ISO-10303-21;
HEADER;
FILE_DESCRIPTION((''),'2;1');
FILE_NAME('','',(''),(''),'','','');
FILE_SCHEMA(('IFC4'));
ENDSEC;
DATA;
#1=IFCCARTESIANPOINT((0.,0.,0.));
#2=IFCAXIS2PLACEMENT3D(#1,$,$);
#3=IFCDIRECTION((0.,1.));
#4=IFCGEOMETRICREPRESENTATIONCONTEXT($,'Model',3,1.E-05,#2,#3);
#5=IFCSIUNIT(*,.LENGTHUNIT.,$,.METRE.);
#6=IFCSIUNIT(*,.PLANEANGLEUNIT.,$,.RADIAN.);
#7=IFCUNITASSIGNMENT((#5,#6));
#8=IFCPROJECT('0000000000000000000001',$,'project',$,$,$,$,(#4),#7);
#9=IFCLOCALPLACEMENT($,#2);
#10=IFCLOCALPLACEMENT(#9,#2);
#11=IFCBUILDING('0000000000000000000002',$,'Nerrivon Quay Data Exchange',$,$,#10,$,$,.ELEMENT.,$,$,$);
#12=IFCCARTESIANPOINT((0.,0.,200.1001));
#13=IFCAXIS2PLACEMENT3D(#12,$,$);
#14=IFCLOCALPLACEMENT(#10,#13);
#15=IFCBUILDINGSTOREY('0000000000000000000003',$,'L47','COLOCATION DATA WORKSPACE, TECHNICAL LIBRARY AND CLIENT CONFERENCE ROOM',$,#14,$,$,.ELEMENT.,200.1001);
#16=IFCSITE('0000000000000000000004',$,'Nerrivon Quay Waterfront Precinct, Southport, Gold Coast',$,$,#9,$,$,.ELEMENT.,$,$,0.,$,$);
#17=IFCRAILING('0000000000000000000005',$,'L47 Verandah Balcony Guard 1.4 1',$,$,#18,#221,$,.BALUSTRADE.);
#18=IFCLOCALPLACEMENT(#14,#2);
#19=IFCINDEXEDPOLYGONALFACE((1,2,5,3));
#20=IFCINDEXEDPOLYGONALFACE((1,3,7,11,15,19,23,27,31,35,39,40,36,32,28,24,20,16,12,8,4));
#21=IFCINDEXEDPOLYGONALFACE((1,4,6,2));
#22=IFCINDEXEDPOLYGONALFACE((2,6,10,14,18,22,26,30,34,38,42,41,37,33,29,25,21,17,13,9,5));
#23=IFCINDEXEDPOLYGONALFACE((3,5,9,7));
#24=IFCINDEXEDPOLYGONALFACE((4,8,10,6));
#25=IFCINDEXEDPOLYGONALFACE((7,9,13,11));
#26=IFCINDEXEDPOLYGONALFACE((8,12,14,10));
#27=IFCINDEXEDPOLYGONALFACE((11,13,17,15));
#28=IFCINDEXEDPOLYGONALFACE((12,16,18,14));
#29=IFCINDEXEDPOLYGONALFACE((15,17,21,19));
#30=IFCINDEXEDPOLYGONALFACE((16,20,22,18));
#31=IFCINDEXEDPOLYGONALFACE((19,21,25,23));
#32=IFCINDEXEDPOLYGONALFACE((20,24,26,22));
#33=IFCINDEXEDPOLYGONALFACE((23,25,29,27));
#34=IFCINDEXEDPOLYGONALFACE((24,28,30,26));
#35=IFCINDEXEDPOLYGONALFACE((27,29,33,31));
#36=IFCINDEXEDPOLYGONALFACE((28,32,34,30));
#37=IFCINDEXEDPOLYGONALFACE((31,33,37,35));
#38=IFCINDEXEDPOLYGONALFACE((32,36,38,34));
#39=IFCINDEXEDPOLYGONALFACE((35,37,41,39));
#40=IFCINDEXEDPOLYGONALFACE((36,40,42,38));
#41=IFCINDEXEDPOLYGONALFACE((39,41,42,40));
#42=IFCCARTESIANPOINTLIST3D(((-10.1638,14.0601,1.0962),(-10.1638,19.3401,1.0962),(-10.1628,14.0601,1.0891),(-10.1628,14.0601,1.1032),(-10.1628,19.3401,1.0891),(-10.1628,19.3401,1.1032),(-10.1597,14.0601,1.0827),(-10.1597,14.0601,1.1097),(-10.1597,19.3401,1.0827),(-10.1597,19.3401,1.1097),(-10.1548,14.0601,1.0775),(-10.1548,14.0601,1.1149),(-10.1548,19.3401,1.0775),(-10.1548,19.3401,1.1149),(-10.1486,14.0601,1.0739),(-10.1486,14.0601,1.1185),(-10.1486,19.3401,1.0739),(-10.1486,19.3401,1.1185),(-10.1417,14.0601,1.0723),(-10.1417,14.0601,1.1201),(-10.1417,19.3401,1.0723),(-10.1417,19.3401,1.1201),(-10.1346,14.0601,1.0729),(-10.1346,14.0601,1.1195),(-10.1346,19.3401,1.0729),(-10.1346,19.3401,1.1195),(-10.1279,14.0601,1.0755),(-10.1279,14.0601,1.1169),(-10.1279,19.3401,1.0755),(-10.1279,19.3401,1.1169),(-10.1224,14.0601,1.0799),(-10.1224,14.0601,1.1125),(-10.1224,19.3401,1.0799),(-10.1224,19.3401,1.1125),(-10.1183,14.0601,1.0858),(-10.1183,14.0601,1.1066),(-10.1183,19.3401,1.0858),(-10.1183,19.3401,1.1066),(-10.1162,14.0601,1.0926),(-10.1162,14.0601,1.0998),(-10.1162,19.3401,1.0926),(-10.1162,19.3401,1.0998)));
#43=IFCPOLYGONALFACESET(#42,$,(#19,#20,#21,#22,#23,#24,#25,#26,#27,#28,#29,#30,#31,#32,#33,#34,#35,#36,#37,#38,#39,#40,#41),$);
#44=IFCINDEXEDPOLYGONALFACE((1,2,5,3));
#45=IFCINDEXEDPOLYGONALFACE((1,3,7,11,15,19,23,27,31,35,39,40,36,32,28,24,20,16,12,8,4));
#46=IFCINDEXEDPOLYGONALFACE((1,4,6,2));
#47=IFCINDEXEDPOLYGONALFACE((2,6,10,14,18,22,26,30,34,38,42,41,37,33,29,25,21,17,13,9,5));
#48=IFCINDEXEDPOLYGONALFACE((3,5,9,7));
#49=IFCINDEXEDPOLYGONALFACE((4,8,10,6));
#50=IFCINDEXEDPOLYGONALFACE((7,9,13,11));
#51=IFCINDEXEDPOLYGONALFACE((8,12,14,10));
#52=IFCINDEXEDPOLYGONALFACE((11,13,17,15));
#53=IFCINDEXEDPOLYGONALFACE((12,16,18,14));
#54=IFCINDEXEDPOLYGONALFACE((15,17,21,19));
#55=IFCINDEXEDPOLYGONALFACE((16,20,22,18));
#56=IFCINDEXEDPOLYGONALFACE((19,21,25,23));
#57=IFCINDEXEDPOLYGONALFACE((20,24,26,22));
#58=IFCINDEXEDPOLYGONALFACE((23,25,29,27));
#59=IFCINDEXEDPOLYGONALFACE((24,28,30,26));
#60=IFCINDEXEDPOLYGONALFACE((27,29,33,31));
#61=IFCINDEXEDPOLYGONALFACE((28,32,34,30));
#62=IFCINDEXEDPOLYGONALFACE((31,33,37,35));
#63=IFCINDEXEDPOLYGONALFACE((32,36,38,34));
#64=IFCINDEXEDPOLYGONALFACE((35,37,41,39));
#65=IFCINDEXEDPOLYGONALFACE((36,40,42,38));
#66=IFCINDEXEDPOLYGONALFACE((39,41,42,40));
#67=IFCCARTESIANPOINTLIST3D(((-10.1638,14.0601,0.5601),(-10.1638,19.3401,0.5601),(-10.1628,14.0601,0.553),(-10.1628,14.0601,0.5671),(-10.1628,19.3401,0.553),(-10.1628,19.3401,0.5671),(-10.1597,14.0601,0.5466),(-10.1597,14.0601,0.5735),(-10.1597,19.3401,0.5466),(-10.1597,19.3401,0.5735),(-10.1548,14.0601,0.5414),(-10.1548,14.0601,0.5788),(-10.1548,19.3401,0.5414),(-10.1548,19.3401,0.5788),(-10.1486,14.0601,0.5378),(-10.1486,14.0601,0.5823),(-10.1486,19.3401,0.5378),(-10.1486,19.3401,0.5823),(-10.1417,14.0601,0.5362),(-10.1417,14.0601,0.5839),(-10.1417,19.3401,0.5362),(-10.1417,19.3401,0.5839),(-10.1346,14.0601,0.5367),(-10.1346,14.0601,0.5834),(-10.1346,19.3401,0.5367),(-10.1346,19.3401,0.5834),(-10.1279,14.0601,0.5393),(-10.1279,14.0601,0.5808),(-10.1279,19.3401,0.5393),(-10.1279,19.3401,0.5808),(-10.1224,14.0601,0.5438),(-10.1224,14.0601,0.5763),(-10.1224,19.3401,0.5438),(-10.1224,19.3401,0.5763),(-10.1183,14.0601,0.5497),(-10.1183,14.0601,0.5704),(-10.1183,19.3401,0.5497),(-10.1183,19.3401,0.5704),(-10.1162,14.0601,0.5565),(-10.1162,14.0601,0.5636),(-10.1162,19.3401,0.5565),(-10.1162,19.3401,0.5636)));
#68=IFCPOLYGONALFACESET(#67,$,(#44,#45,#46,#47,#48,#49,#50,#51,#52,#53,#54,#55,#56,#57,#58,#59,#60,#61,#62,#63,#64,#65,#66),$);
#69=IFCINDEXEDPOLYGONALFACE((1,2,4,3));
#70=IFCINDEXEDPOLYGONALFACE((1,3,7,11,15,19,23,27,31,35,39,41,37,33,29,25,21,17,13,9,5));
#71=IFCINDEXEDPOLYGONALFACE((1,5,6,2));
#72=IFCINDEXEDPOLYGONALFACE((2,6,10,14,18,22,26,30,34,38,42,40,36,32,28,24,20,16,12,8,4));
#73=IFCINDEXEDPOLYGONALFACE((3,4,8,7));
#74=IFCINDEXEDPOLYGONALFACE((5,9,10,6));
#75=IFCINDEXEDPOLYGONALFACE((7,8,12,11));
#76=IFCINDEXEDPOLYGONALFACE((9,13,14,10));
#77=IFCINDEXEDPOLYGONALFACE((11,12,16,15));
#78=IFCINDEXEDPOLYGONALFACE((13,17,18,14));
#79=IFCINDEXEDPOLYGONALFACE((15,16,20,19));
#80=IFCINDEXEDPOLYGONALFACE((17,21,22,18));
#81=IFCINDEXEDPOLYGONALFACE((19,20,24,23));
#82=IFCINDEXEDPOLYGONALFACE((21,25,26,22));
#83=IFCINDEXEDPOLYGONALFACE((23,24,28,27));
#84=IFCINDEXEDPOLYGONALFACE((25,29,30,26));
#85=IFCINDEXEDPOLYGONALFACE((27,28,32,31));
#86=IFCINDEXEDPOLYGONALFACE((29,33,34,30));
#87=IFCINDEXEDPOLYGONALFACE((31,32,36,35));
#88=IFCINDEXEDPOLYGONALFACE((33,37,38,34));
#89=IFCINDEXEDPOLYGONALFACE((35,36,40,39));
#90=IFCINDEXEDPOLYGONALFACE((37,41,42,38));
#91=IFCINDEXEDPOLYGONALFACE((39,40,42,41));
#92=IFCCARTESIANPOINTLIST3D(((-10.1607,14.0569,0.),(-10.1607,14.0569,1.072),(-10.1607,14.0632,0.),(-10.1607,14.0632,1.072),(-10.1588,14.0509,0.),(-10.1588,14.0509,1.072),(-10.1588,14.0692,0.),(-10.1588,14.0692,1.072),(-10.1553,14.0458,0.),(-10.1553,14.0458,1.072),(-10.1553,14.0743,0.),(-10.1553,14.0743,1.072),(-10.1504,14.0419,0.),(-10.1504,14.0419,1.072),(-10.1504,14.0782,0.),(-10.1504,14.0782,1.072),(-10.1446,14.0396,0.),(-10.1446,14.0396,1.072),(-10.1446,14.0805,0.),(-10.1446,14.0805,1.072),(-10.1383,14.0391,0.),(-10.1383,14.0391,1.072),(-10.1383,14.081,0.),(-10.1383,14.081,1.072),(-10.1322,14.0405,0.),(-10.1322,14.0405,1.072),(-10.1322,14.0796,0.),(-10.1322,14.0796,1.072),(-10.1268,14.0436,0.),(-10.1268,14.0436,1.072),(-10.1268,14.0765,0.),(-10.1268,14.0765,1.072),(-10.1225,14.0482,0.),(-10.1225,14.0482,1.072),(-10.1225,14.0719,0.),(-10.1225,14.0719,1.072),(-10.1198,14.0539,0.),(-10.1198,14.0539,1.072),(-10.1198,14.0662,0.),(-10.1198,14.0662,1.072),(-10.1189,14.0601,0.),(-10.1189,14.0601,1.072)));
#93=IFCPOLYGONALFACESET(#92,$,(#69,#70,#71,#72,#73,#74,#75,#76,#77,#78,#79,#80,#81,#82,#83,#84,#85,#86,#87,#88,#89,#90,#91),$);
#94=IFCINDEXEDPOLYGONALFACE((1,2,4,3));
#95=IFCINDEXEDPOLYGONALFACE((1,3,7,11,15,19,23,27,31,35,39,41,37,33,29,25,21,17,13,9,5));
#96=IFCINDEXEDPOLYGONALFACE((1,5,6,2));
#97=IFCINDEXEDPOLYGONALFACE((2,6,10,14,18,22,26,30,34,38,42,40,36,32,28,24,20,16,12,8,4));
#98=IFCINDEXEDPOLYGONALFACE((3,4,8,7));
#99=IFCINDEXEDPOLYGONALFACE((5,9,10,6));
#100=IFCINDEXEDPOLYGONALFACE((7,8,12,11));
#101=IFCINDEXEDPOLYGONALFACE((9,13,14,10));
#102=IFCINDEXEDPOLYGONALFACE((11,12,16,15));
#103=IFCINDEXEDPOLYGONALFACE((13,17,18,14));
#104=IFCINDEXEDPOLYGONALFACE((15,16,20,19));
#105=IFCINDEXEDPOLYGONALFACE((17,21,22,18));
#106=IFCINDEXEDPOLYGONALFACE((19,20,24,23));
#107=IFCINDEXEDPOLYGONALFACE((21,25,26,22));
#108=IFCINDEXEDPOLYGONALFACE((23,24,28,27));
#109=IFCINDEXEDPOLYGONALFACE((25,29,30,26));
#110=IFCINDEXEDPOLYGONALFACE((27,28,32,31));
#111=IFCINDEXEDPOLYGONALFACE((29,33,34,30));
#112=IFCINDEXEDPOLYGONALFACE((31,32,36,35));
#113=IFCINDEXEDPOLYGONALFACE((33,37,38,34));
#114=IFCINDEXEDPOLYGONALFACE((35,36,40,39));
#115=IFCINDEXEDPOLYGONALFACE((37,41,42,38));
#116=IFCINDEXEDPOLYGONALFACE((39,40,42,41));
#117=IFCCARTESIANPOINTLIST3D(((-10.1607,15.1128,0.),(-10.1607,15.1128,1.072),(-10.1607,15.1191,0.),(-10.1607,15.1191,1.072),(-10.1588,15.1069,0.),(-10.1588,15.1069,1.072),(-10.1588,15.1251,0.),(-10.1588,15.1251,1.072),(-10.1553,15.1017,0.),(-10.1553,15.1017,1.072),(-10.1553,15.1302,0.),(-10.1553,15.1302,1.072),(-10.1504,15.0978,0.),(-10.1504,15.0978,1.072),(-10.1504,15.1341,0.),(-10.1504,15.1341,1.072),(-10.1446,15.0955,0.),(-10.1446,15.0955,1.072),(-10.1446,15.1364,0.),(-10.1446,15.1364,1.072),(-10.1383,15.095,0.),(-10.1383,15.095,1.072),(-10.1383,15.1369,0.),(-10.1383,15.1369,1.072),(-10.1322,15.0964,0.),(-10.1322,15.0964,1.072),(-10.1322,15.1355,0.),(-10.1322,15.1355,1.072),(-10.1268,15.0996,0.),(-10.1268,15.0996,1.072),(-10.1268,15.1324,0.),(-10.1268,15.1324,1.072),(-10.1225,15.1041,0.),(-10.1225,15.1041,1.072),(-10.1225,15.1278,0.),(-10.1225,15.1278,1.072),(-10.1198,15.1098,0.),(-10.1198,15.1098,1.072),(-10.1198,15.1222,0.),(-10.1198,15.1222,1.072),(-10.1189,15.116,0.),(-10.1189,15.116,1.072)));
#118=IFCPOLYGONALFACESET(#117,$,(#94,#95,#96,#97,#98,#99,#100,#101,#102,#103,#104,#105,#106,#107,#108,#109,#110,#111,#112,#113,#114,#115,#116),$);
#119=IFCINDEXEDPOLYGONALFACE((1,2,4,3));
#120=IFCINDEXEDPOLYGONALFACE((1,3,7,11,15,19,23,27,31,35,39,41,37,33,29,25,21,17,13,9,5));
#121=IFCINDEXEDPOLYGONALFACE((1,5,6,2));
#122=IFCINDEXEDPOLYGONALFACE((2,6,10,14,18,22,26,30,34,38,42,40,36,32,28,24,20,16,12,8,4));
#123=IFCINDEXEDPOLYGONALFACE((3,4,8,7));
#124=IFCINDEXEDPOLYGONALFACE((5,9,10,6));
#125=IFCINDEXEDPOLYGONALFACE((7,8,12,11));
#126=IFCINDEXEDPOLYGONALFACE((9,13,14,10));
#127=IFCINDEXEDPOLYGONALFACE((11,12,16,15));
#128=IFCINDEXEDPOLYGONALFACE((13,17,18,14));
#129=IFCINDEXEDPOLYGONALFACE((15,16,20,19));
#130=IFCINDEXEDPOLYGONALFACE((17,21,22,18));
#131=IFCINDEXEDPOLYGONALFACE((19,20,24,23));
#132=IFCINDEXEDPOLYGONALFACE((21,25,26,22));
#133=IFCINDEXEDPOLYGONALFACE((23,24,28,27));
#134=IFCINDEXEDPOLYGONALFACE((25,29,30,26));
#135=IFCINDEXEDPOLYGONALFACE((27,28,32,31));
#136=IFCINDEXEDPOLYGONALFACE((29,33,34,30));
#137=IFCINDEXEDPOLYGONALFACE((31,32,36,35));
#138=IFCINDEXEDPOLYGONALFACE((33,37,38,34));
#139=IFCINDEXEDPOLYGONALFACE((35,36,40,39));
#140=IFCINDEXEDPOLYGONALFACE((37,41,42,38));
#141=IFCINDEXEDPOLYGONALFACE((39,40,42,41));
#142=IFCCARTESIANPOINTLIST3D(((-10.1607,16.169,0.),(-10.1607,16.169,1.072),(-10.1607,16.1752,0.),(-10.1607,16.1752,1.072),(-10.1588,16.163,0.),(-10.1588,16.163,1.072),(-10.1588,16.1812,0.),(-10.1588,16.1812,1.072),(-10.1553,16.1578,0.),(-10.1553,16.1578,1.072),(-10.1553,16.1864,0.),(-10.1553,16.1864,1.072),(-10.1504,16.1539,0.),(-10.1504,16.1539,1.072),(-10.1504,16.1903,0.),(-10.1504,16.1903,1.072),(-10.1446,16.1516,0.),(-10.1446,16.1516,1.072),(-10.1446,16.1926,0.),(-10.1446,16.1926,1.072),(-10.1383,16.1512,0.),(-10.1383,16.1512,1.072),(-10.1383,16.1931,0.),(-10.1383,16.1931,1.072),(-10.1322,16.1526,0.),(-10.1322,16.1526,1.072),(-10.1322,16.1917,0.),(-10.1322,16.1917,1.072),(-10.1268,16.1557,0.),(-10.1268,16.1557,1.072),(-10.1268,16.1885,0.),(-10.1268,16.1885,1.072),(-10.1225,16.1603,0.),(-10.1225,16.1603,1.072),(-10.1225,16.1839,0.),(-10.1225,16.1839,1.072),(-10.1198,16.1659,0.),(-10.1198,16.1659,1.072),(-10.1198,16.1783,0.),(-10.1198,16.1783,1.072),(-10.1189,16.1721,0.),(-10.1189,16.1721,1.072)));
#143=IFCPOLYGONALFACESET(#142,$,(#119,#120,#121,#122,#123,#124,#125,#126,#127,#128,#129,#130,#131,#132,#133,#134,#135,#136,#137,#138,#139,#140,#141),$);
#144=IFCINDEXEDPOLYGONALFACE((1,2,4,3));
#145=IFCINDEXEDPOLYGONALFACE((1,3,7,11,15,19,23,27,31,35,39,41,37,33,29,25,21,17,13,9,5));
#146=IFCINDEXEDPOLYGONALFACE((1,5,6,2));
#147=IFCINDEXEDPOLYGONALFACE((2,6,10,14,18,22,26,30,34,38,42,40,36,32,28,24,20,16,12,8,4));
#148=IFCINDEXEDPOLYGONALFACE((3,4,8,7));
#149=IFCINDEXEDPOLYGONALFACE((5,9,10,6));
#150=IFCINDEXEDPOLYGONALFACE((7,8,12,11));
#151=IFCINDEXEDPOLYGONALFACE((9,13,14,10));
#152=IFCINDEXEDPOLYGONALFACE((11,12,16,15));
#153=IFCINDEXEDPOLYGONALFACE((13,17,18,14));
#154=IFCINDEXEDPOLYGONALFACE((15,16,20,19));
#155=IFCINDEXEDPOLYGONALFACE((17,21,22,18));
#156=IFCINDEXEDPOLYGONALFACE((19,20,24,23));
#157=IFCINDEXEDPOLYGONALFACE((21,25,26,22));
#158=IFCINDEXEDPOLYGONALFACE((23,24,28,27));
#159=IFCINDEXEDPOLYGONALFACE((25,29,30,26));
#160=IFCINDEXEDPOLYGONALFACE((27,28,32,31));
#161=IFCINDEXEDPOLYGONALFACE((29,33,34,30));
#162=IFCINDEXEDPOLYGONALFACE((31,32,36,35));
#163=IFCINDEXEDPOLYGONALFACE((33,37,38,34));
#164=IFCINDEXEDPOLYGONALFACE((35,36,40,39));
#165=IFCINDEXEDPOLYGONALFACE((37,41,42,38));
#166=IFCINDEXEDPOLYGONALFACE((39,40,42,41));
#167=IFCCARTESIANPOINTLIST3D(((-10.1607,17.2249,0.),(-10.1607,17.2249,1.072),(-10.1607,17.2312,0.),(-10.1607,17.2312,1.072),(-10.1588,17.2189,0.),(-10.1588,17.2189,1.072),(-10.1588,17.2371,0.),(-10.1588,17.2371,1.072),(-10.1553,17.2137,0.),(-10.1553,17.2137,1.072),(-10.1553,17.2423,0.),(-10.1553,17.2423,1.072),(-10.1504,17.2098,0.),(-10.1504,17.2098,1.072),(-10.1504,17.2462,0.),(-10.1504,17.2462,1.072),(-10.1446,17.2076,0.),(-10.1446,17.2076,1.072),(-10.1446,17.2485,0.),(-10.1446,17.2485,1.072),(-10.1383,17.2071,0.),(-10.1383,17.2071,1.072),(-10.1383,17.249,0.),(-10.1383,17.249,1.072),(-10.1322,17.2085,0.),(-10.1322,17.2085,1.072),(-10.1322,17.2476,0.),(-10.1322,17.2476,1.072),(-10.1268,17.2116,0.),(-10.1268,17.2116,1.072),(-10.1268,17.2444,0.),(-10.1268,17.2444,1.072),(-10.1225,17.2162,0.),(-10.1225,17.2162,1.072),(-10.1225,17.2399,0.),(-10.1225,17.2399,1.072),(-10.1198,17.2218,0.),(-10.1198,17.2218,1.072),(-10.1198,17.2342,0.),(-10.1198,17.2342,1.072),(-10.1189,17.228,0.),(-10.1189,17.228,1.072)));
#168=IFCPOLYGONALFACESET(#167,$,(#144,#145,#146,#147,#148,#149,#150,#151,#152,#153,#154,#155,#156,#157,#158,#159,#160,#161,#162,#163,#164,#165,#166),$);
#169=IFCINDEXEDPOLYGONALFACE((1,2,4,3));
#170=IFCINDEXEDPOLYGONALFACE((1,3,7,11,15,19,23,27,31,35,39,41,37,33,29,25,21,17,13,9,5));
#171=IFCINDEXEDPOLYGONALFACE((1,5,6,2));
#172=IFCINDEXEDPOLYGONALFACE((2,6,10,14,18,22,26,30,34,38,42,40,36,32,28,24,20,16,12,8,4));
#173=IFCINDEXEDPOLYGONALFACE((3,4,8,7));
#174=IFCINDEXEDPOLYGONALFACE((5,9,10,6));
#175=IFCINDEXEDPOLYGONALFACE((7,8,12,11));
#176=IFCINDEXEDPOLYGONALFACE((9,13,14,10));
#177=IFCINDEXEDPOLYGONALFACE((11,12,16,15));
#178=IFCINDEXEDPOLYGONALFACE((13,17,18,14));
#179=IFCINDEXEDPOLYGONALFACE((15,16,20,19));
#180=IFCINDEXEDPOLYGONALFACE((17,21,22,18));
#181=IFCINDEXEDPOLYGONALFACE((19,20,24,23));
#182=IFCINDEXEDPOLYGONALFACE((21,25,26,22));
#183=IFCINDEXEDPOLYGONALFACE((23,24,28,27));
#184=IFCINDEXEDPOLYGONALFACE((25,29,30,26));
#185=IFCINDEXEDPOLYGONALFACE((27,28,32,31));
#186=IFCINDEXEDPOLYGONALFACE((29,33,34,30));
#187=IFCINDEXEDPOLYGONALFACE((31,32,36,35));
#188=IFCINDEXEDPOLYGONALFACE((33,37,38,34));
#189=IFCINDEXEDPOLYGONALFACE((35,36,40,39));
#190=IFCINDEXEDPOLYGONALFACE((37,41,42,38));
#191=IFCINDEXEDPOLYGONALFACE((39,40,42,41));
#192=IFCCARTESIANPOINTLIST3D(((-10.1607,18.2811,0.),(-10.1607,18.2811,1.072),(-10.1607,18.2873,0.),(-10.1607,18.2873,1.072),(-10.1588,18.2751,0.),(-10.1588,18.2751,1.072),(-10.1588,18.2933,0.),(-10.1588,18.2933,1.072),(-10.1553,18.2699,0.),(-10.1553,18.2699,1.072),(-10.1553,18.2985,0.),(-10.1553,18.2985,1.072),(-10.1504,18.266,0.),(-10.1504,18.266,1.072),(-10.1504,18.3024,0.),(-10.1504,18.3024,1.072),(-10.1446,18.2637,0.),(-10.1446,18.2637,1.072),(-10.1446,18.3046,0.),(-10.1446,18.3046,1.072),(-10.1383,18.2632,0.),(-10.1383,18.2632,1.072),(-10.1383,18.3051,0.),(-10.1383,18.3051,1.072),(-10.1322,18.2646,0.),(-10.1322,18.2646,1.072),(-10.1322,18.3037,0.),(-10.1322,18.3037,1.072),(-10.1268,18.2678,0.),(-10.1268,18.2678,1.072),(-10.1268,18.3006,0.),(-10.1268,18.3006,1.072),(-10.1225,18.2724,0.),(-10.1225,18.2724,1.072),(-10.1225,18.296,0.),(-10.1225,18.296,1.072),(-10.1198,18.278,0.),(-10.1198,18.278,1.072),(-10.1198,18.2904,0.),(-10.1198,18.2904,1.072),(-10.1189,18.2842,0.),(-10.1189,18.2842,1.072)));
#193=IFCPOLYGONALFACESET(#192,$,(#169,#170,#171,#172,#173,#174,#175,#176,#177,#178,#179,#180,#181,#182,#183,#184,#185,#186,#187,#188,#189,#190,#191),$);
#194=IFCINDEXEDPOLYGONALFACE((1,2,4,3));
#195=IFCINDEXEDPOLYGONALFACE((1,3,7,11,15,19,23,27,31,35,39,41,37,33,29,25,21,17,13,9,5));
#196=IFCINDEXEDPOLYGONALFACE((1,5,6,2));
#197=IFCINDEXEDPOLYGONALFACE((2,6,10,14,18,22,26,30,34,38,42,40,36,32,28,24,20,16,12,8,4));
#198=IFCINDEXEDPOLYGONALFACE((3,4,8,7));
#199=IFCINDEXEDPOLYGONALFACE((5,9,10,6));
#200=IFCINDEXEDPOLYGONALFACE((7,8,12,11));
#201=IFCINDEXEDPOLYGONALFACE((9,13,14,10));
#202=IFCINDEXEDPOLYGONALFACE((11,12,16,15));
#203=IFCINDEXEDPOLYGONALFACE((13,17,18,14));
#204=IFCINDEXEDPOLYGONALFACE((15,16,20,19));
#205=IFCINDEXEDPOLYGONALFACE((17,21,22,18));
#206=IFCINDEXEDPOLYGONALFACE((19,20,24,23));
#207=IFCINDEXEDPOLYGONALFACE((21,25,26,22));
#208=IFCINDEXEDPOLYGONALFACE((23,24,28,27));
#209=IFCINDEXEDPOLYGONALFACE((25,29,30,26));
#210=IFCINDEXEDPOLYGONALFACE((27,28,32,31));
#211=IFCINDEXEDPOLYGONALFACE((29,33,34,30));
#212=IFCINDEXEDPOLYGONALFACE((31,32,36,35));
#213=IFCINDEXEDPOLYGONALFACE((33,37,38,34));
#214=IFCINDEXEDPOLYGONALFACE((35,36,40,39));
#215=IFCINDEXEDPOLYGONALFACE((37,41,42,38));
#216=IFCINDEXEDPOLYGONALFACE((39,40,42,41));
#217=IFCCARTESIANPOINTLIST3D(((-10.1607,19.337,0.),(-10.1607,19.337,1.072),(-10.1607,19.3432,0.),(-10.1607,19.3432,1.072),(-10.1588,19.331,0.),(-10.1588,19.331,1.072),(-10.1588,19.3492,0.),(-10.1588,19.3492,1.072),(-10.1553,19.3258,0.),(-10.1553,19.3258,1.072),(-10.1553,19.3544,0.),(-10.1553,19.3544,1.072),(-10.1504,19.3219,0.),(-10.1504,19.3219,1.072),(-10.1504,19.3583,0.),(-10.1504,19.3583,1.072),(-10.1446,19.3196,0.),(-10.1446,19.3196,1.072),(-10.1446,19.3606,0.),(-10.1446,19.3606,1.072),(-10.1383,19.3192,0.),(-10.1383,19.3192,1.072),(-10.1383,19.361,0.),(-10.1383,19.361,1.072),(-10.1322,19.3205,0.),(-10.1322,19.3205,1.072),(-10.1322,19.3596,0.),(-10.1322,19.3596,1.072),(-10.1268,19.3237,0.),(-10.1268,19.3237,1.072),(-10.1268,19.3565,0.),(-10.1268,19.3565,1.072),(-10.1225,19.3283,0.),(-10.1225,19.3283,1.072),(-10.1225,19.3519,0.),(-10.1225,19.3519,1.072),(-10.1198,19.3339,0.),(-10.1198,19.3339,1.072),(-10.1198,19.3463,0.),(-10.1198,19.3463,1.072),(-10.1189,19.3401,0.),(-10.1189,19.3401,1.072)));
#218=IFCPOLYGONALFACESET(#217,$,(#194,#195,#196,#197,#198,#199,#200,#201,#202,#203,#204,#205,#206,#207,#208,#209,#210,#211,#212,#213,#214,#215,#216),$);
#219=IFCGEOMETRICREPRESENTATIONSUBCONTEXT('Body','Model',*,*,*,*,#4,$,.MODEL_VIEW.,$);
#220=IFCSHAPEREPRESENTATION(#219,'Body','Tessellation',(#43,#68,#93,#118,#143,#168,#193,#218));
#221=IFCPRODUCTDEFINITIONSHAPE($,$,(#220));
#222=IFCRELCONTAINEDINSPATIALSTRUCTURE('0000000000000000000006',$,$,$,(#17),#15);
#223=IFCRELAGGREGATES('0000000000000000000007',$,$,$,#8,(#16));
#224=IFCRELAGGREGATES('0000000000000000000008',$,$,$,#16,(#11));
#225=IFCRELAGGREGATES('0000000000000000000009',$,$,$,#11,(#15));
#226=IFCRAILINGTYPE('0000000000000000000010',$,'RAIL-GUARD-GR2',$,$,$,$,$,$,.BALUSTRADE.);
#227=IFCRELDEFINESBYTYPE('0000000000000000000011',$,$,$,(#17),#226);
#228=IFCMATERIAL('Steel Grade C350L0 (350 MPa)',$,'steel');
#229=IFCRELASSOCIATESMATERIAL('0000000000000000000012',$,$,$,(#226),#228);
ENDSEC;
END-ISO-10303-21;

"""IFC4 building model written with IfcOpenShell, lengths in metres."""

from ifc_helpers import new_model, si_unit, direction, frame, origin, origin_2d, place, context, subcontext, project, spatial, circle, extrude, material, type_object, element, save


model = new_model("IFC4")

# Units and contexts
model_context = context("Model", 3, precision=1e-05, world=origin(), true_north=direction((0.0, 1.0)))
body_context = subcontext(model_context, "Body", "Model", "MODEL_VIEW")
ifc_project = project(units=[si_unit("LENGTHUNIT", "METRE"), si_unit("PLANEANGLEUNIT", "RADIAN")], contexts=[model_context])

# Site, building, storey
site_placement = place(None, origin())
site = spatial("IfcSite", under=ifc_project, at=site_placement, Name="Nerrivon Quay Waterfront Precinct, Southport, Gold Coast", CompositionType="ELEMENT", RefElevation=0.0)
building_placement = place(site_placement, origin())
building = spatial("IfcBuilding", under=site, at=building_placement, Name="Nerrivon Quay Data Exchange", CompositionType="ELEMENT")
storey_placement = place(building_placement, frame((0.0, 0.0, 200.1001)))
storey = spatial("IfcBuildingStorey", under=building, at=storey_placement, Name="L47", Description="COLOCATION DATA WORKSPACE, TECHNICAL LIBRARY AND CLIENT CONFERENCE ROOM", CompositionType="ELEMENT", Elevation=200.1001)

# Railing
ifc_material_1 = material(Name="Steel Grade C350L0 (350 MPa)", Category="steel")
railing_type = type_object("IfcRailingType", Name="RAIL-GUARD-GR2", PredefinedType="BALUSTRADE", material=ifc_material_1)
railing_1_placement = place(storey_placement, frame((-10.1399, 14.0601, 0.0)))
element("IfcRailing", 1, at=railing_1_placement, inside=storey, type_object=railing_type, Name="L47 Verandah Balcony Guard 1.4 1", PredefinedType="BALUSTRADE", context=body_context, shape_type="SweptSolid", body=[
    extrude(circle(Radius=0.0239, at=origin_2d()), frame((0.0, 0.0, 1.0962), z_axis=(0.0, 1.0, 0.0), x_axis=(-1.0, 0.0, 0.0)), (0.0, 0.0, 1.0), 5.28),
    extrude(circle(Radius=0.0239, at=origin_2d()), frame((0.0, 0.0, 0.5601), z_axis=(0.0, 1.0, 0.0), x_axis=(-1.0, 0.0, 0.0)), (0.0, 0.0, 1.0), 5.28),
    extrude(circle(Radius=0.021, at=origin_2d()), origin(), (0.0, 0.0, 1.0), 1.072),
    extrude(circle(Radius=0.021, at=origin_2d()), frame((0.0, 1.0559, 0.0)), (0.0, 0.0, 1.0), 1.072),
    extrude(circle(Radius=0.021, at=origin_2d()), frame((0.0, 2.1121, 0.0)), (0.0, 0.0, 1.0), 1.072),
    extrude(circle(Radius=0.021, at=origin_2d()), frame((0.0, 3.168, 0.0)), (0.0, 0.0, 1.0), 1.072),
    extrude(circle(Radius=0.021, at=origin_2d()), frame((0.0, 4.2241, 0.0)), (0.0, 0.0, 1.0), 1.072),
    extrude(circle(Radius=0.021, at=origin_2d()), frame((0.0, 5.28, 0.0)), (0.0, 0.0, 1.0), 1.072),
])

save(model, "model.ifc")
